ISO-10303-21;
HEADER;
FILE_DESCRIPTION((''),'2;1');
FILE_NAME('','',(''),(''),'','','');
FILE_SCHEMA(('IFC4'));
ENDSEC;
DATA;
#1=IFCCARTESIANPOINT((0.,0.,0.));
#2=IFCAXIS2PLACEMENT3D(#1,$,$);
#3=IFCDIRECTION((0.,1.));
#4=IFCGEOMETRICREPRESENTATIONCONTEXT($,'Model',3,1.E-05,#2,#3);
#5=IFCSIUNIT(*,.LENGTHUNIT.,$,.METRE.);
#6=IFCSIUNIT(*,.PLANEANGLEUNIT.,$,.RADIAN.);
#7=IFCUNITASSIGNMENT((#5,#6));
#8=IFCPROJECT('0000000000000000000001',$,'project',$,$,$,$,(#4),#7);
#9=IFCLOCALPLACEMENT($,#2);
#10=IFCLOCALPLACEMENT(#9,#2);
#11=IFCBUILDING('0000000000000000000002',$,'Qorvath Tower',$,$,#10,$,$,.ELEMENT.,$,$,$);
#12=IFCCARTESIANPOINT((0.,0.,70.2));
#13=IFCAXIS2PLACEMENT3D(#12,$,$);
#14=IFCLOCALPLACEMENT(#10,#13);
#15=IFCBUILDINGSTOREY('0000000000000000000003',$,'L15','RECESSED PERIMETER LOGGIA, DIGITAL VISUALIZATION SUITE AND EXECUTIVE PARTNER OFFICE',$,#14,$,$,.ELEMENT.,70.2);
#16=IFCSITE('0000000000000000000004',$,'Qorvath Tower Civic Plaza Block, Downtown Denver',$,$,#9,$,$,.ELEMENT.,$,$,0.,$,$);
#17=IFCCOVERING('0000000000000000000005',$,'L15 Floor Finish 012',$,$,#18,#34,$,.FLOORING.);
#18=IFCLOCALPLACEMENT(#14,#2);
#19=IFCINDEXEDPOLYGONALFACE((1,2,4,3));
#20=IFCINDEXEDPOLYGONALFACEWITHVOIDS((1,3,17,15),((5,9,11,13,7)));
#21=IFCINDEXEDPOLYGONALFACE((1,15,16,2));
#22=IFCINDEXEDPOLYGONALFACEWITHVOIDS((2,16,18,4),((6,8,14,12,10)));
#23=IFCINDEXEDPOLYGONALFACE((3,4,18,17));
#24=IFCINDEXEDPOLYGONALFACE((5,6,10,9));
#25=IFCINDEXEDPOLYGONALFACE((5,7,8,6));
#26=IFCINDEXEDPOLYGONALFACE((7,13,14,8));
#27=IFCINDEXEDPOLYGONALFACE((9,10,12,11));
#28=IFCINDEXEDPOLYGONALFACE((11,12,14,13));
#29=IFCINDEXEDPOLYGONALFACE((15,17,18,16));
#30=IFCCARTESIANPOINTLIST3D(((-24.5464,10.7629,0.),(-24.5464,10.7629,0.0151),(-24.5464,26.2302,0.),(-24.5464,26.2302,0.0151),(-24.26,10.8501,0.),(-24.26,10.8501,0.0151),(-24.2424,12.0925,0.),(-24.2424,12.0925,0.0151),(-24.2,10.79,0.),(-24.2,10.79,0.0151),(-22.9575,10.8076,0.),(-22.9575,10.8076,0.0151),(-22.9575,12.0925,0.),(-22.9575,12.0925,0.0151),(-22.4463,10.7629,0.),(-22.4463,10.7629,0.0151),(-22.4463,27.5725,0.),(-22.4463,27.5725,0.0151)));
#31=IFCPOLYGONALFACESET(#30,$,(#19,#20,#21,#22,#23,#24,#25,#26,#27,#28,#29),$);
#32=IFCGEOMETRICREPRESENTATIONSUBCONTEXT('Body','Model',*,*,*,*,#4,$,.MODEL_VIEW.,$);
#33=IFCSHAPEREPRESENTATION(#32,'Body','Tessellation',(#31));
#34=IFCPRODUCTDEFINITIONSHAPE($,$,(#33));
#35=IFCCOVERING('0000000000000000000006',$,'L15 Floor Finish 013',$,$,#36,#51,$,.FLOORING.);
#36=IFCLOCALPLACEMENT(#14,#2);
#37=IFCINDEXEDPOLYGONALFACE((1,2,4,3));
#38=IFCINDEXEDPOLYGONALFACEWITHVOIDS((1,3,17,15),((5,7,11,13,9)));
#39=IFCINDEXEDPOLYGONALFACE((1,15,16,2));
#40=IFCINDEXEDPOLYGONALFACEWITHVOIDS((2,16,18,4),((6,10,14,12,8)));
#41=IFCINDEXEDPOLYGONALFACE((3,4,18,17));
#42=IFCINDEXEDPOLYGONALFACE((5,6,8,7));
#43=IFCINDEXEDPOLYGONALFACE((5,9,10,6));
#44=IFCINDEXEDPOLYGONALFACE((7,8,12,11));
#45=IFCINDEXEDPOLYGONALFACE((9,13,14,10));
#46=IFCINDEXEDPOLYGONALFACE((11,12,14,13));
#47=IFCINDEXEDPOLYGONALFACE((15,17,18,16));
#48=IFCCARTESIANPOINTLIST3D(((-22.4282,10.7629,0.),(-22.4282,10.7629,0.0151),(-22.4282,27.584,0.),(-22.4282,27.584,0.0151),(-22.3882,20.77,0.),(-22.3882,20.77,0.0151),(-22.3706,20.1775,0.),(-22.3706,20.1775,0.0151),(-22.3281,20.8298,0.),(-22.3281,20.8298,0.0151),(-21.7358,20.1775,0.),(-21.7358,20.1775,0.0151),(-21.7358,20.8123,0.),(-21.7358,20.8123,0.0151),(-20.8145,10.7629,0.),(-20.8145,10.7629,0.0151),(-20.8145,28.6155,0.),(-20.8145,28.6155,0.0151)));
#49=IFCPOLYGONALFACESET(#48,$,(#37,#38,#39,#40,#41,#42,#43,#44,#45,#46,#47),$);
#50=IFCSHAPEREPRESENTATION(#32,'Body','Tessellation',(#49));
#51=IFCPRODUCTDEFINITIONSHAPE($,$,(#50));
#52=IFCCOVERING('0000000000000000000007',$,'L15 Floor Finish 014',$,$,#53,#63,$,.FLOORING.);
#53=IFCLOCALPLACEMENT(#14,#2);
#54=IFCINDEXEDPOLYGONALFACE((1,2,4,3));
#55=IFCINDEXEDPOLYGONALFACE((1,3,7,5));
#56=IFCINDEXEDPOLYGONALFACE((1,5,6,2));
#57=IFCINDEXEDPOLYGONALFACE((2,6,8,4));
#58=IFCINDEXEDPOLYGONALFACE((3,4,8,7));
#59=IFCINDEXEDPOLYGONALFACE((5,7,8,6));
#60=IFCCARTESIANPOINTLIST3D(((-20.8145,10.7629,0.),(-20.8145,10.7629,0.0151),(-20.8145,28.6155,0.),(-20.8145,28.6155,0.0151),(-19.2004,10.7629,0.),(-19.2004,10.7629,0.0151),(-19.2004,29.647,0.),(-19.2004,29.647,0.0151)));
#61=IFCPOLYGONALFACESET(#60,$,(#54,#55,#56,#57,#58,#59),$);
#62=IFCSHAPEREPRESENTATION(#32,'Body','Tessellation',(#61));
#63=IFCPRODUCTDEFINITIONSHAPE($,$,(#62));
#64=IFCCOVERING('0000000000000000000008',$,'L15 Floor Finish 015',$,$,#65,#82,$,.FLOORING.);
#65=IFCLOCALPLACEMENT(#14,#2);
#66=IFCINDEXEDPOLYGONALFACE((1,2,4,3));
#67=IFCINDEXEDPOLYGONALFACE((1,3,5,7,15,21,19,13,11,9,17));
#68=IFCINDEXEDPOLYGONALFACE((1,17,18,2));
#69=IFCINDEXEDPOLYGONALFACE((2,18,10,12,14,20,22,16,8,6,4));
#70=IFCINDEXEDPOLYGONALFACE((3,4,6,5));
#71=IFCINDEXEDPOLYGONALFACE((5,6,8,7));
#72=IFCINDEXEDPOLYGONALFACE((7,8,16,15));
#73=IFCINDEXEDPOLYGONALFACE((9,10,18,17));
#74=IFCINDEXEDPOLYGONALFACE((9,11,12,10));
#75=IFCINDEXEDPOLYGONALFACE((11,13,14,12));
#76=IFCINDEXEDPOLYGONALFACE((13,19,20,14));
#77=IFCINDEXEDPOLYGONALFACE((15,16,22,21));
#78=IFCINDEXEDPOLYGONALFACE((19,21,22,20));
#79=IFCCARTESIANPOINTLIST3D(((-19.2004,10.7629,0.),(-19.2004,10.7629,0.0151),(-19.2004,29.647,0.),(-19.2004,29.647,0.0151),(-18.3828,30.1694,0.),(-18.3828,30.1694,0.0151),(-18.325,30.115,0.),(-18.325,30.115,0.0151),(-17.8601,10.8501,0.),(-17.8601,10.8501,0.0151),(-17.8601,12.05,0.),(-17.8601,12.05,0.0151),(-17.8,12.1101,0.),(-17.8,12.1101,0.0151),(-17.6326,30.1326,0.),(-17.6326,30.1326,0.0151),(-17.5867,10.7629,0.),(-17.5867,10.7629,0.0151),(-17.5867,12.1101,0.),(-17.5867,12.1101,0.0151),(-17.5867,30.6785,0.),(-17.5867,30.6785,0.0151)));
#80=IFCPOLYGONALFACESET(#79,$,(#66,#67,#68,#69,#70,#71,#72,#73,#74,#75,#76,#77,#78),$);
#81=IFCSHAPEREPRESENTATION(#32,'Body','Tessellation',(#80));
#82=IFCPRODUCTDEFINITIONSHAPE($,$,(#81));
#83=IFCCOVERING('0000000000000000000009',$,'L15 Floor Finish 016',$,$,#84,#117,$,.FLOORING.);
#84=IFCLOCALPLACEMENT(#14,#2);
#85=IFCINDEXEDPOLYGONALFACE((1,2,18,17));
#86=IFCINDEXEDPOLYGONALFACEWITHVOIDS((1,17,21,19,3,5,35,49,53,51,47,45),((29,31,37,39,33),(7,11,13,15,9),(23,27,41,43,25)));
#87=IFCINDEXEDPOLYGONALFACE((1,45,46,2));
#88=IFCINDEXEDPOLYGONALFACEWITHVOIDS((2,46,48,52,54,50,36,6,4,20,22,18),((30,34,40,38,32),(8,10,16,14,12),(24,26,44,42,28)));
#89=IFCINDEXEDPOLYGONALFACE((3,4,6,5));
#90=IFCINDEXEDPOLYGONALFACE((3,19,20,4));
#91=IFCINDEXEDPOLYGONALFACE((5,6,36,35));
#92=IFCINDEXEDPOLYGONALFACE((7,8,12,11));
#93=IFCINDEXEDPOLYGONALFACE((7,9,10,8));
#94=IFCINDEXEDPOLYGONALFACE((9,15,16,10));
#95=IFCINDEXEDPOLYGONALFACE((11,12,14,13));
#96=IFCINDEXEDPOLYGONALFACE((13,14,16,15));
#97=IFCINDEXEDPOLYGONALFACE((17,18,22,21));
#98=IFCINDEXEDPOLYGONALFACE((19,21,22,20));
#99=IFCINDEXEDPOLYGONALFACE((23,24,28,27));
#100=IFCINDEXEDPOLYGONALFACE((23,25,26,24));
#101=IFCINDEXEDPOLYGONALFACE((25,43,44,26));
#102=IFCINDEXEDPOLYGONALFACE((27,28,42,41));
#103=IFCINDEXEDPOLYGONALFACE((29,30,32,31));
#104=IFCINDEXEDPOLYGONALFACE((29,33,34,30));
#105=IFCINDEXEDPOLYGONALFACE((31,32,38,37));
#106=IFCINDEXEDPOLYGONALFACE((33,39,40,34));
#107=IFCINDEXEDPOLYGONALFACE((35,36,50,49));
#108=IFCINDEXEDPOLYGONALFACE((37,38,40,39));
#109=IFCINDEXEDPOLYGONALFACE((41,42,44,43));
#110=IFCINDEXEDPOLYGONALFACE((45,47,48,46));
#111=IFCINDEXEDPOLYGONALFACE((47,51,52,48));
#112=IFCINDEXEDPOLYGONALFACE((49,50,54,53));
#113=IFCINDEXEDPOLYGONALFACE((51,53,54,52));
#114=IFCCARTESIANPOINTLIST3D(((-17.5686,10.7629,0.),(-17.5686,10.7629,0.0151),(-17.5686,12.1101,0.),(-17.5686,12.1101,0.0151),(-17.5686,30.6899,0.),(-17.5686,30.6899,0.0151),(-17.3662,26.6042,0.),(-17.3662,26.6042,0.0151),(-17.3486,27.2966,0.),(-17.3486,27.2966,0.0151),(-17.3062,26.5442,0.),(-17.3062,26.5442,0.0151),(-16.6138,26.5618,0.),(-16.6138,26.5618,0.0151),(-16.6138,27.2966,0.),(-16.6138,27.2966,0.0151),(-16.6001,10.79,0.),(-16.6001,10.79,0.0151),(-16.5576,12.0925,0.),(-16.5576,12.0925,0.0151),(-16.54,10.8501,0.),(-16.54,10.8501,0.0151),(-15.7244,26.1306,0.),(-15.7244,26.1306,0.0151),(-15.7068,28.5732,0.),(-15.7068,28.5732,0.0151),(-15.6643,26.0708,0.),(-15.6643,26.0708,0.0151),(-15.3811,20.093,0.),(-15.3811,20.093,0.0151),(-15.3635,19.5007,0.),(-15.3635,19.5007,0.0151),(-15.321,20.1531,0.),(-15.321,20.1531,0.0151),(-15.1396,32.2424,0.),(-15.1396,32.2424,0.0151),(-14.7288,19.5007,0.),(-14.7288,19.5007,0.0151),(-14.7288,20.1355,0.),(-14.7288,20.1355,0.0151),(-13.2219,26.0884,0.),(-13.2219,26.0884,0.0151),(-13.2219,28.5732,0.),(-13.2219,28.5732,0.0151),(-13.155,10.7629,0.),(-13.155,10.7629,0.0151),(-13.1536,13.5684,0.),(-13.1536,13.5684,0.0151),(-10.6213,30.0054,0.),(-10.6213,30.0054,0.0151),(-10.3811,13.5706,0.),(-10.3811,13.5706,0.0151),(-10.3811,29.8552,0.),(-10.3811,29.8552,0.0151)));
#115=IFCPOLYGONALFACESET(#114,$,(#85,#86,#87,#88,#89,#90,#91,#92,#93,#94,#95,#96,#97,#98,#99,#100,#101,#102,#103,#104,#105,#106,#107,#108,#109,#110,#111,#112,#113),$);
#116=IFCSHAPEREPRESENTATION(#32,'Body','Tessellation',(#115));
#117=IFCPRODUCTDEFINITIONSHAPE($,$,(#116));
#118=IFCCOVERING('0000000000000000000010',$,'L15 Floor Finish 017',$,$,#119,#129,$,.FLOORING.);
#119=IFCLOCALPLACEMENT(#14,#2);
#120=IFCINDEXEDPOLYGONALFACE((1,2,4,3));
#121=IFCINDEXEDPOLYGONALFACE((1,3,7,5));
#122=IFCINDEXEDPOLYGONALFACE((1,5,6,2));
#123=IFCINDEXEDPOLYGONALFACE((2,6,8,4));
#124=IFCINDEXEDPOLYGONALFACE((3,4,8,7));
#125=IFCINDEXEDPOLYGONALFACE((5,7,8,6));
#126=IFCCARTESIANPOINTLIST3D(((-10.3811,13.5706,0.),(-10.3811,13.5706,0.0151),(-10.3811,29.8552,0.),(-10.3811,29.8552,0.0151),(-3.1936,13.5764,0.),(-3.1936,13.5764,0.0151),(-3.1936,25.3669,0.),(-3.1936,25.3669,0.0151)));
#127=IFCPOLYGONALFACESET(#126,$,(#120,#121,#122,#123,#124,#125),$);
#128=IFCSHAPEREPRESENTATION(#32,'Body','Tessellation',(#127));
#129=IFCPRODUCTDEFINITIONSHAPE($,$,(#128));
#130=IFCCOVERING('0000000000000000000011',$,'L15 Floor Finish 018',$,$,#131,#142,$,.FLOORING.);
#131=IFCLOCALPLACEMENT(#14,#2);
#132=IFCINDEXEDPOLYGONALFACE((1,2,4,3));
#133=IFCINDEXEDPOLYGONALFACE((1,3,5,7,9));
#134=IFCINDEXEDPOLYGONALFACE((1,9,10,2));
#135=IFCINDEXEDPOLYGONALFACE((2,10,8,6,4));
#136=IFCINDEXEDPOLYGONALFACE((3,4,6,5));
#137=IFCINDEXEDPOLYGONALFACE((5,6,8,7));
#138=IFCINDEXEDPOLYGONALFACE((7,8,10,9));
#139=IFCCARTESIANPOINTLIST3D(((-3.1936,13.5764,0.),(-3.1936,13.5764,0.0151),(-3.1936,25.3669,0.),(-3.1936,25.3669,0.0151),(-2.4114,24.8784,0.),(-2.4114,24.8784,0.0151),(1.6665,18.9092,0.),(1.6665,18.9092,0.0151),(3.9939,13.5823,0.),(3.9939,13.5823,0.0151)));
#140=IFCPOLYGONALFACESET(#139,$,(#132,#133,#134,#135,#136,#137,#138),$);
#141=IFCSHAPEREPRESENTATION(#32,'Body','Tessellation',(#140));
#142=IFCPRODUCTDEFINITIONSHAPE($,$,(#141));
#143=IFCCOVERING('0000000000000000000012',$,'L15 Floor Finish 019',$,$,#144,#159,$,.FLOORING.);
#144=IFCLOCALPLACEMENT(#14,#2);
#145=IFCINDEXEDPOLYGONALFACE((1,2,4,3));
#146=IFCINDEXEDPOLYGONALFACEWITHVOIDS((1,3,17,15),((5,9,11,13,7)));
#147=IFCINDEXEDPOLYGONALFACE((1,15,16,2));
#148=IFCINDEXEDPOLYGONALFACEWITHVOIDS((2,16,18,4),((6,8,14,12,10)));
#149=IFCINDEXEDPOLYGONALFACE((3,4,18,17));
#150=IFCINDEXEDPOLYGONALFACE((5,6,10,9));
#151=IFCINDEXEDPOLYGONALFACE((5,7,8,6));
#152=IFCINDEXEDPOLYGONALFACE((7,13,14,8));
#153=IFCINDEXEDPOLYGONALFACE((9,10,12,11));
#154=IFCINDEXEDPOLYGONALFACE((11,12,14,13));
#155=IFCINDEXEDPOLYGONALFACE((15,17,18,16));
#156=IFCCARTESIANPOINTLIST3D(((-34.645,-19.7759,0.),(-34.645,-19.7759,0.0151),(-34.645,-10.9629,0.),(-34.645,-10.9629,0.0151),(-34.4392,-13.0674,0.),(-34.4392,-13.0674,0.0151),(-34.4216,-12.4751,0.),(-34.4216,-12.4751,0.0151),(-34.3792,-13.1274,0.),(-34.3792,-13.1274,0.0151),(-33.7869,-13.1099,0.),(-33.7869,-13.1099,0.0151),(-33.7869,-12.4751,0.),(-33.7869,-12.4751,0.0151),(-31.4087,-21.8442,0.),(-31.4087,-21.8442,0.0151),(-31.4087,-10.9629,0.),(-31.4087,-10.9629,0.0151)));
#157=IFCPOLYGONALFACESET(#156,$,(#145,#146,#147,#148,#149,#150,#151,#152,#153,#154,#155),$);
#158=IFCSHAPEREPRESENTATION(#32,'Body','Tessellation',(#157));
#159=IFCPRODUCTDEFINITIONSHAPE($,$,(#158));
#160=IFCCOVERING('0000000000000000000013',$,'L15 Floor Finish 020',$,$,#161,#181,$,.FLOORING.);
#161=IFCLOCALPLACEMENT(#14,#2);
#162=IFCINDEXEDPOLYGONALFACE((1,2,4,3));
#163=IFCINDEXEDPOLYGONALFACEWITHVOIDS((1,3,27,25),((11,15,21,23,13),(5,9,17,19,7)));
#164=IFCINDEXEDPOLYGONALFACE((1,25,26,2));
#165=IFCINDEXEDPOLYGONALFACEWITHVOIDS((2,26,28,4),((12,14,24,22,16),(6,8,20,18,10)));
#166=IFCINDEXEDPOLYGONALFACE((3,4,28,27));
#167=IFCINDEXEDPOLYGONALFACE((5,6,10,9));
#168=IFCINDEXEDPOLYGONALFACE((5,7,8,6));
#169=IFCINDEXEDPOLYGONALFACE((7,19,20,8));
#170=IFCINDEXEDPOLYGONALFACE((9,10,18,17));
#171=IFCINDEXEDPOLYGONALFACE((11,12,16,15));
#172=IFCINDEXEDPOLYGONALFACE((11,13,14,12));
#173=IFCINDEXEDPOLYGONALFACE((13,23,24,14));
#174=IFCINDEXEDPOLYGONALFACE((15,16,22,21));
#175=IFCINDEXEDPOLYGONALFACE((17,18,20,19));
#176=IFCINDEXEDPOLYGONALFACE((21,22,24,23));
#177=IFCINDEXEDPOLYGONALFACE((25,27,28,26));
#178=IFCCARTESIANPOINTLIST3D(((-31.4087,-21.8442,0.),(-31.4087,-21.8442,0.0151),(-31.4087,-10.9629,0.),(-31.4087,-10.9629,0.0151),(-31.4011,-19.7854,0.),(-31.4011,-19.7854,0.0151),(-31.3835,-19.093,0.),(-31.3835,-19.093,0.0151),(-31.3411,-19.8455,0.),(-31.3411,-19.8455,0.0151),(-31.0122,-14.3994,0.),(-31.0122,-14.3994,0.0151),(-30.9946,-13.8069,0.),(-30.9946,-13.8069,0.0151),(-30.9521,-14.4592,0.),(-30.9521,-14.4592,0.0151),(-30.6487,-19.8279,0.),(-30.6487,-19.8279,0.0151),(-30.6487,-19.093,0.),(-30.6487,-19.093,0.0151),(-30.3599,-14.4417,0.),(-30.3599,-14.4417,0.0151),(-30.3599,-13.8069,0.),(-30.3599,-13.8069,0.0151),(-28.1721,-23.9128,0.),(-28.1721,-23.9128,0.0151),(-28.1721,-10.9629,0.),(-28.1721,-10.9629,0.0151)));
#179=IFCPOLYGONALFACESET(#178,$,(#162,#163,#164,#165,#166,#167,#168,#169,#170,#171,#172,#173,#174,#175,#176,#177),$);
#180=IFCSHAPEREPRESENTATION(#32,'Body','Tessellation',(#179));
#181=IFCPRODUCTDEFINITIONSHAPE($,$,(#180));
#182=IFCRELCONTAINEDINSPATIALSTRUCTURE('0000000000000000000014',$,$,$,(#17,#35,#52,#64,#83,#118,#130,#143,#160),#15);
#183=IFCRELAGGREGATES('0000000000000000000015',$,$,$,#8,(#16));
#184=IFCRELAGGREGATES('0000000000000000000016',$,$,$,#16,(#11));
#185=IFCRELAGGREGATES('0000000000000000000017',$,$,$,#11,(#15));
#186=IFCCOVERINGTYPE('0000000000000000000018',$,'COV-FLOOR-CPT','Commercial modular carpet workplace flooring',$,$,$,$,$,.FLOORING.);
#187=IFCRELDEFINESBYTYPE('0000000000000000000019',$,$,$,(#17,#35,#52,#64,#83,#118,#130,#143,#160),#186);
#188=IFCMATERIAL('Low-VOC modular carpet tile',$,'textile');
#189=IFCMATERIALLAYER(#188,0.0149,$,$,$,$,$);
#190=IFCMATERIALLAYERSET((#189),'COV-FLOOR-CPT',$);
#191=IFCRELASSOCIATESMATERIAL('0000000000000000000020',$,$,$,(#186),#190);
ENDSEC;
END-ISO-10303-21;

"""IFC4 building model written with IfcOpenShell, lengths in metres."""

from ifc_helpers import new_model, si_unit, direction, frame, origin, place, context, subcontext, project, spatial, polyline, outline, extrude, material, layer, layer_set, type_object, element, save


model = new_model("IFC4")

# Units and contexts
model_context = context("Model", 3, precision=1e-05, world=origin(), true_north=direction((0.0, 1.0)))
body_context = subcontext(model_context, "Body", "Model", "MODEL_VIEW")
ifc_project = project(units=[si_unit("LENGTHUNIT", "METRE"), si_unit("PLANEANGLEUNIT", "RADIAN")], contexts=[model_context])

# Site, building, storey
site_placement = place(None, origin())
site = spatial("IfcSite", under=ifc_project, at=site_placement, Name="Qorvath Tower Civic Plaza Block, Downtown Denver", CompositionType="ELEMENT", RefElevation=0.0)
building_placement = place(site_placement, origin())
building = spatial("IfcBuilding", under=site, at=building_placement, Name="Qorvath Tower", CompositionType="ELEMENT")
storey_placement = place(building_placement, frame((0.0, 0.0, 70.2)))
storey = spatial("IfcBuildingStorey", under=building, at=storey_placement, Name="L15", Description="RECESSED PERIMETER LOGGIA, DIGITAL VISUALIZATION SUITE AND EXECUTIVE PARTNER OFFICE", CompositionType="ELEMENT", Elevation=70.2)

# Coverings
ifc_material_1 = material(Name="Low-VOC modular carpet tile", Category="textile")
ifc_layer_1 = layer(ifc_material_1, 0.0149)
ifc_layer_set_1 = layer_set([ifc_layer_1], Name="COV-FLOOR-CPT")
covering_type_1 = type_object("IfcCoveringType", Name="COV-FLOOR-CPT", Description="Commercial modular carpet workplace flooring", PredefinedType="FLOORING", material=ifc_layer_set_1)
covering_1_placement = place(storey_placement, origin())
element("IfcCovering", 1, at=covering_1_placement, inside=storey, type_object=covering_type_1, Name="L15 Floor Finish 012", PredefinedType="FLOORING", context=body_context, shape_type="SweptSolid", body=[
    extrude(outline(polyline([(-24.5464, 26.2302), (-24.5464, 10.7629), (-22.4463, 10.7629), (-22.4463, 27.5725), (-24.5464, 26.2302)]), holes=[polyline([(-24.26, 10.8501), (-24.2424, 12.0925), (-22.9575, 12.0925), (-22.9575, 10.8076), (-24.2, 10.79), (-24.26, 10.8501)])]), origin(), (0.0, 0.0, 1.0), 0.0151),
])
covering_2_placement = place(storey_placement, origin())
element("IfcCovering", 2, at=covering_2_placement, inside=storey, type_object=covering_type_1, Name="L15 Floor Finish 013", PredefinedType="FLOORING", context=body_context, shape_type="SweptSolid", body=[
    extrude(outline(polyline([(-20.8145, 10.7629), (-20.8145, 28.6155), (-22.4282, 27.584), (-22.4282, 10.7629), (-20.8145, 10.7629)]), holes=[polyline([(-22.3882, 20.77), (-22.3281, 20.8298), (-21.7358, 20.8123), (-21.7358, 20.1775), (-22.3706, 20.1775), (-22.3882, 20.77)])]), origin(), (0.0, 0.0, 1.0), 0.0151),
])
covering_3_placement = place(storey_placement, origin())
element("IfcCovering", 3, at=covering_3_placement, inside=storey, type_object=covering_type_1, Name="L15 Floor Finish 014", PredefinedType="FLOORING", context=body_context, shape_type="SweptSolid", body=[
    extrude(outline(polyline([(-19.2004, 10.7629), (-19.2004, 29.647), (-20.8145, 28.6155), (-20.8145, 10.7629), (-19.2004, 10.7629)])), origin(), (0.0, 0.0, 1.0), 0.0151),
])
covering_4_placement = place(storey_placement, origin())
element("IfcCovering", 4, at=covering_4_placement, inside=storey, type_object=covering_type_1, Name="L15 Floor Finish 015", PredefinedType="FLOORING", context=body_context, shape_type="SweptSolid", body=[
    extrude(outline(polyline([(-17.5867, 12.1101), (-17.5867, 30.6785), (-17.6326, 30.1326), (-18.325, 30.115), (-18.3828, 30.1694), (-19.2004, 29.647), (-19.2004, 10.7629), (-17.5867, 10.7629), (-17.8601, 10.8501), (-17.8601, 12.05), (-17.8, 12.1101), (-17.5867, 12.1101)])), origin(), (0.0, 0.0, 1.0), 0.0151),
])
covering_5_placement = place(storey_placement, origin())
element("IfcCovering", 5, at=covering_5_placement, inside=storey, type_object=covering_type_1, Name="L15 Floor Finish 016", PredefinedType="FLOORING", context=body_context, shape_type="SweptSolid", body=[
    extrude(outline(polyline([(-13.1536, 13.5684), (-10.3811, 13.5706), (-10.3811, 29.8552), (-10.6213, 30.0054), (-15.1396, 32.2424), (-17.5686, 30.6899), (-17.5686, 12.1101), (-16.5576, 12.0925), (-16.54, 10.8501), (-16.6001, 10.79), (-17.5686, 10.7629), (-13.155, 10.7629), (-13.1536, 13.5684)]), holes=[polyline([(-15.7244, 26.1306), (-15.7068, 28.5732), (-13.2219, 28.5732), (-13.2219, 26.0884), (-15.6643, 26.0708), (-15.7244, 26.1306)]), polyline([(-15.3811, 20.093), (-15.321, 20.1531), (-14.7288, 20.1355), (-14.7288, 19.5007), (-15.3635, 19.5007), (-15.3811, 20.093)]), polyline([(-17.3662, 26.6042), (-17.3486, 27.2966), (-16.6138, 27.2966), (-16.6138, 26.5618), (-17.3062, 26.5442), (-17.3662, 26.6042)])]), origin(), (0.0, 0.0, 1.0), 0.0151),
])
covering_6_placement = place(storey_placement, origin())
element("IfcCovering", 6, at=covering_6_placement, inside=storey, type_object=covering_type_1, Name="L15 Floor Finish 017", PredefinedType="FLOORING", context=body_context, shape_type="SweptSolid", body=[
    extrude(outline(polyline([(-10.3811, 29.8552), (-10.3811, 13.5706), (-3.1936, 13.5764), (-3.1936, 25.3669), (-10.3811, 29.8552)])), origin(), (0.0, 0.0, 1.0), 0.0151),
])
covering_7_placement = place(storey_placement, origin())
element("IfcCovering", 7, at=covering_7_placement, inside=storey, type_object=covering_type_1, Name="L15 Floor Finish 018", PredefinedType="FLOORING", context=body_context, shape_type="SweptSolid", body=[
    extrude(outline(polyline([(-3.1936, 25.3669), (-3.1936, 13.5764), (3.9939, 13.5823), (1.6665, 18.9092), (-2.4114, 24.8784), (-3.1936, 25.3669)])), origin(), (0.0, 0.0, 1.0), 0.0151),
])
covering_8_placement = place(storey_placement, origin())
element("IfcCovering", 8, at=covering_8_placement, inside=storey, type_object=covering_type_1, Name="L15 Floor Finish 019", PredefinedType="FLOORING", context=body_context, shape_type="SweptSolid", body=[
    extrude(outline(polyline([(-34.645, -10.9629), (-34.645, -19.7759), (-31.4087, -21.8442), (-31.4087, -10.9629), (-34.645, -10.9629)]), holes=[polyline([(-34.4392, -13.0674), (-34.4216, -12.4751), (-33.7869, -12.4751), (-33.7869, -13.1099), (-34.3792, -13.1274), (-34.4392, -13.0674)])]), origin(), (0.0, 0.0, 1.0), 0.0151),
])
covering_9_placement = place(storey_placement, origin())
element("IfcCovering", 9, at=covering_9_placement, inside=storey, type_object=covering_type_1, Name="L15 Floor Finish 020", PredefinedType="FLOORING", context=body_context, shape_type="SweptSolid", body=[
    extrude(outline(polyline([(-31.4087, -10.9629), (-31.4087, -21.8442), (-28.1721, -23.9128), (-28.1721, -10.9629), (-31.4087, -10.9629)]), holes=[polyline([(-31.0122, -14.3994), (-30.9946, -13.8069), (-30.3599, -13.8069), (-30.3599, -14.4417), (-30.9521, -14.4592), (-31.0122, -14.3994)]), polyline([(-31.4011, -19.7854), (-31.3835, -19.093), (-30.6487, -19.093), (-30.6487, -19.8279), (-31.3411, -19.8455), (-31.4011, -19.7854)])]), origin(), (0.0, 0.0, 1.0), 0.0151),
])

save(model, "model.ifc")
